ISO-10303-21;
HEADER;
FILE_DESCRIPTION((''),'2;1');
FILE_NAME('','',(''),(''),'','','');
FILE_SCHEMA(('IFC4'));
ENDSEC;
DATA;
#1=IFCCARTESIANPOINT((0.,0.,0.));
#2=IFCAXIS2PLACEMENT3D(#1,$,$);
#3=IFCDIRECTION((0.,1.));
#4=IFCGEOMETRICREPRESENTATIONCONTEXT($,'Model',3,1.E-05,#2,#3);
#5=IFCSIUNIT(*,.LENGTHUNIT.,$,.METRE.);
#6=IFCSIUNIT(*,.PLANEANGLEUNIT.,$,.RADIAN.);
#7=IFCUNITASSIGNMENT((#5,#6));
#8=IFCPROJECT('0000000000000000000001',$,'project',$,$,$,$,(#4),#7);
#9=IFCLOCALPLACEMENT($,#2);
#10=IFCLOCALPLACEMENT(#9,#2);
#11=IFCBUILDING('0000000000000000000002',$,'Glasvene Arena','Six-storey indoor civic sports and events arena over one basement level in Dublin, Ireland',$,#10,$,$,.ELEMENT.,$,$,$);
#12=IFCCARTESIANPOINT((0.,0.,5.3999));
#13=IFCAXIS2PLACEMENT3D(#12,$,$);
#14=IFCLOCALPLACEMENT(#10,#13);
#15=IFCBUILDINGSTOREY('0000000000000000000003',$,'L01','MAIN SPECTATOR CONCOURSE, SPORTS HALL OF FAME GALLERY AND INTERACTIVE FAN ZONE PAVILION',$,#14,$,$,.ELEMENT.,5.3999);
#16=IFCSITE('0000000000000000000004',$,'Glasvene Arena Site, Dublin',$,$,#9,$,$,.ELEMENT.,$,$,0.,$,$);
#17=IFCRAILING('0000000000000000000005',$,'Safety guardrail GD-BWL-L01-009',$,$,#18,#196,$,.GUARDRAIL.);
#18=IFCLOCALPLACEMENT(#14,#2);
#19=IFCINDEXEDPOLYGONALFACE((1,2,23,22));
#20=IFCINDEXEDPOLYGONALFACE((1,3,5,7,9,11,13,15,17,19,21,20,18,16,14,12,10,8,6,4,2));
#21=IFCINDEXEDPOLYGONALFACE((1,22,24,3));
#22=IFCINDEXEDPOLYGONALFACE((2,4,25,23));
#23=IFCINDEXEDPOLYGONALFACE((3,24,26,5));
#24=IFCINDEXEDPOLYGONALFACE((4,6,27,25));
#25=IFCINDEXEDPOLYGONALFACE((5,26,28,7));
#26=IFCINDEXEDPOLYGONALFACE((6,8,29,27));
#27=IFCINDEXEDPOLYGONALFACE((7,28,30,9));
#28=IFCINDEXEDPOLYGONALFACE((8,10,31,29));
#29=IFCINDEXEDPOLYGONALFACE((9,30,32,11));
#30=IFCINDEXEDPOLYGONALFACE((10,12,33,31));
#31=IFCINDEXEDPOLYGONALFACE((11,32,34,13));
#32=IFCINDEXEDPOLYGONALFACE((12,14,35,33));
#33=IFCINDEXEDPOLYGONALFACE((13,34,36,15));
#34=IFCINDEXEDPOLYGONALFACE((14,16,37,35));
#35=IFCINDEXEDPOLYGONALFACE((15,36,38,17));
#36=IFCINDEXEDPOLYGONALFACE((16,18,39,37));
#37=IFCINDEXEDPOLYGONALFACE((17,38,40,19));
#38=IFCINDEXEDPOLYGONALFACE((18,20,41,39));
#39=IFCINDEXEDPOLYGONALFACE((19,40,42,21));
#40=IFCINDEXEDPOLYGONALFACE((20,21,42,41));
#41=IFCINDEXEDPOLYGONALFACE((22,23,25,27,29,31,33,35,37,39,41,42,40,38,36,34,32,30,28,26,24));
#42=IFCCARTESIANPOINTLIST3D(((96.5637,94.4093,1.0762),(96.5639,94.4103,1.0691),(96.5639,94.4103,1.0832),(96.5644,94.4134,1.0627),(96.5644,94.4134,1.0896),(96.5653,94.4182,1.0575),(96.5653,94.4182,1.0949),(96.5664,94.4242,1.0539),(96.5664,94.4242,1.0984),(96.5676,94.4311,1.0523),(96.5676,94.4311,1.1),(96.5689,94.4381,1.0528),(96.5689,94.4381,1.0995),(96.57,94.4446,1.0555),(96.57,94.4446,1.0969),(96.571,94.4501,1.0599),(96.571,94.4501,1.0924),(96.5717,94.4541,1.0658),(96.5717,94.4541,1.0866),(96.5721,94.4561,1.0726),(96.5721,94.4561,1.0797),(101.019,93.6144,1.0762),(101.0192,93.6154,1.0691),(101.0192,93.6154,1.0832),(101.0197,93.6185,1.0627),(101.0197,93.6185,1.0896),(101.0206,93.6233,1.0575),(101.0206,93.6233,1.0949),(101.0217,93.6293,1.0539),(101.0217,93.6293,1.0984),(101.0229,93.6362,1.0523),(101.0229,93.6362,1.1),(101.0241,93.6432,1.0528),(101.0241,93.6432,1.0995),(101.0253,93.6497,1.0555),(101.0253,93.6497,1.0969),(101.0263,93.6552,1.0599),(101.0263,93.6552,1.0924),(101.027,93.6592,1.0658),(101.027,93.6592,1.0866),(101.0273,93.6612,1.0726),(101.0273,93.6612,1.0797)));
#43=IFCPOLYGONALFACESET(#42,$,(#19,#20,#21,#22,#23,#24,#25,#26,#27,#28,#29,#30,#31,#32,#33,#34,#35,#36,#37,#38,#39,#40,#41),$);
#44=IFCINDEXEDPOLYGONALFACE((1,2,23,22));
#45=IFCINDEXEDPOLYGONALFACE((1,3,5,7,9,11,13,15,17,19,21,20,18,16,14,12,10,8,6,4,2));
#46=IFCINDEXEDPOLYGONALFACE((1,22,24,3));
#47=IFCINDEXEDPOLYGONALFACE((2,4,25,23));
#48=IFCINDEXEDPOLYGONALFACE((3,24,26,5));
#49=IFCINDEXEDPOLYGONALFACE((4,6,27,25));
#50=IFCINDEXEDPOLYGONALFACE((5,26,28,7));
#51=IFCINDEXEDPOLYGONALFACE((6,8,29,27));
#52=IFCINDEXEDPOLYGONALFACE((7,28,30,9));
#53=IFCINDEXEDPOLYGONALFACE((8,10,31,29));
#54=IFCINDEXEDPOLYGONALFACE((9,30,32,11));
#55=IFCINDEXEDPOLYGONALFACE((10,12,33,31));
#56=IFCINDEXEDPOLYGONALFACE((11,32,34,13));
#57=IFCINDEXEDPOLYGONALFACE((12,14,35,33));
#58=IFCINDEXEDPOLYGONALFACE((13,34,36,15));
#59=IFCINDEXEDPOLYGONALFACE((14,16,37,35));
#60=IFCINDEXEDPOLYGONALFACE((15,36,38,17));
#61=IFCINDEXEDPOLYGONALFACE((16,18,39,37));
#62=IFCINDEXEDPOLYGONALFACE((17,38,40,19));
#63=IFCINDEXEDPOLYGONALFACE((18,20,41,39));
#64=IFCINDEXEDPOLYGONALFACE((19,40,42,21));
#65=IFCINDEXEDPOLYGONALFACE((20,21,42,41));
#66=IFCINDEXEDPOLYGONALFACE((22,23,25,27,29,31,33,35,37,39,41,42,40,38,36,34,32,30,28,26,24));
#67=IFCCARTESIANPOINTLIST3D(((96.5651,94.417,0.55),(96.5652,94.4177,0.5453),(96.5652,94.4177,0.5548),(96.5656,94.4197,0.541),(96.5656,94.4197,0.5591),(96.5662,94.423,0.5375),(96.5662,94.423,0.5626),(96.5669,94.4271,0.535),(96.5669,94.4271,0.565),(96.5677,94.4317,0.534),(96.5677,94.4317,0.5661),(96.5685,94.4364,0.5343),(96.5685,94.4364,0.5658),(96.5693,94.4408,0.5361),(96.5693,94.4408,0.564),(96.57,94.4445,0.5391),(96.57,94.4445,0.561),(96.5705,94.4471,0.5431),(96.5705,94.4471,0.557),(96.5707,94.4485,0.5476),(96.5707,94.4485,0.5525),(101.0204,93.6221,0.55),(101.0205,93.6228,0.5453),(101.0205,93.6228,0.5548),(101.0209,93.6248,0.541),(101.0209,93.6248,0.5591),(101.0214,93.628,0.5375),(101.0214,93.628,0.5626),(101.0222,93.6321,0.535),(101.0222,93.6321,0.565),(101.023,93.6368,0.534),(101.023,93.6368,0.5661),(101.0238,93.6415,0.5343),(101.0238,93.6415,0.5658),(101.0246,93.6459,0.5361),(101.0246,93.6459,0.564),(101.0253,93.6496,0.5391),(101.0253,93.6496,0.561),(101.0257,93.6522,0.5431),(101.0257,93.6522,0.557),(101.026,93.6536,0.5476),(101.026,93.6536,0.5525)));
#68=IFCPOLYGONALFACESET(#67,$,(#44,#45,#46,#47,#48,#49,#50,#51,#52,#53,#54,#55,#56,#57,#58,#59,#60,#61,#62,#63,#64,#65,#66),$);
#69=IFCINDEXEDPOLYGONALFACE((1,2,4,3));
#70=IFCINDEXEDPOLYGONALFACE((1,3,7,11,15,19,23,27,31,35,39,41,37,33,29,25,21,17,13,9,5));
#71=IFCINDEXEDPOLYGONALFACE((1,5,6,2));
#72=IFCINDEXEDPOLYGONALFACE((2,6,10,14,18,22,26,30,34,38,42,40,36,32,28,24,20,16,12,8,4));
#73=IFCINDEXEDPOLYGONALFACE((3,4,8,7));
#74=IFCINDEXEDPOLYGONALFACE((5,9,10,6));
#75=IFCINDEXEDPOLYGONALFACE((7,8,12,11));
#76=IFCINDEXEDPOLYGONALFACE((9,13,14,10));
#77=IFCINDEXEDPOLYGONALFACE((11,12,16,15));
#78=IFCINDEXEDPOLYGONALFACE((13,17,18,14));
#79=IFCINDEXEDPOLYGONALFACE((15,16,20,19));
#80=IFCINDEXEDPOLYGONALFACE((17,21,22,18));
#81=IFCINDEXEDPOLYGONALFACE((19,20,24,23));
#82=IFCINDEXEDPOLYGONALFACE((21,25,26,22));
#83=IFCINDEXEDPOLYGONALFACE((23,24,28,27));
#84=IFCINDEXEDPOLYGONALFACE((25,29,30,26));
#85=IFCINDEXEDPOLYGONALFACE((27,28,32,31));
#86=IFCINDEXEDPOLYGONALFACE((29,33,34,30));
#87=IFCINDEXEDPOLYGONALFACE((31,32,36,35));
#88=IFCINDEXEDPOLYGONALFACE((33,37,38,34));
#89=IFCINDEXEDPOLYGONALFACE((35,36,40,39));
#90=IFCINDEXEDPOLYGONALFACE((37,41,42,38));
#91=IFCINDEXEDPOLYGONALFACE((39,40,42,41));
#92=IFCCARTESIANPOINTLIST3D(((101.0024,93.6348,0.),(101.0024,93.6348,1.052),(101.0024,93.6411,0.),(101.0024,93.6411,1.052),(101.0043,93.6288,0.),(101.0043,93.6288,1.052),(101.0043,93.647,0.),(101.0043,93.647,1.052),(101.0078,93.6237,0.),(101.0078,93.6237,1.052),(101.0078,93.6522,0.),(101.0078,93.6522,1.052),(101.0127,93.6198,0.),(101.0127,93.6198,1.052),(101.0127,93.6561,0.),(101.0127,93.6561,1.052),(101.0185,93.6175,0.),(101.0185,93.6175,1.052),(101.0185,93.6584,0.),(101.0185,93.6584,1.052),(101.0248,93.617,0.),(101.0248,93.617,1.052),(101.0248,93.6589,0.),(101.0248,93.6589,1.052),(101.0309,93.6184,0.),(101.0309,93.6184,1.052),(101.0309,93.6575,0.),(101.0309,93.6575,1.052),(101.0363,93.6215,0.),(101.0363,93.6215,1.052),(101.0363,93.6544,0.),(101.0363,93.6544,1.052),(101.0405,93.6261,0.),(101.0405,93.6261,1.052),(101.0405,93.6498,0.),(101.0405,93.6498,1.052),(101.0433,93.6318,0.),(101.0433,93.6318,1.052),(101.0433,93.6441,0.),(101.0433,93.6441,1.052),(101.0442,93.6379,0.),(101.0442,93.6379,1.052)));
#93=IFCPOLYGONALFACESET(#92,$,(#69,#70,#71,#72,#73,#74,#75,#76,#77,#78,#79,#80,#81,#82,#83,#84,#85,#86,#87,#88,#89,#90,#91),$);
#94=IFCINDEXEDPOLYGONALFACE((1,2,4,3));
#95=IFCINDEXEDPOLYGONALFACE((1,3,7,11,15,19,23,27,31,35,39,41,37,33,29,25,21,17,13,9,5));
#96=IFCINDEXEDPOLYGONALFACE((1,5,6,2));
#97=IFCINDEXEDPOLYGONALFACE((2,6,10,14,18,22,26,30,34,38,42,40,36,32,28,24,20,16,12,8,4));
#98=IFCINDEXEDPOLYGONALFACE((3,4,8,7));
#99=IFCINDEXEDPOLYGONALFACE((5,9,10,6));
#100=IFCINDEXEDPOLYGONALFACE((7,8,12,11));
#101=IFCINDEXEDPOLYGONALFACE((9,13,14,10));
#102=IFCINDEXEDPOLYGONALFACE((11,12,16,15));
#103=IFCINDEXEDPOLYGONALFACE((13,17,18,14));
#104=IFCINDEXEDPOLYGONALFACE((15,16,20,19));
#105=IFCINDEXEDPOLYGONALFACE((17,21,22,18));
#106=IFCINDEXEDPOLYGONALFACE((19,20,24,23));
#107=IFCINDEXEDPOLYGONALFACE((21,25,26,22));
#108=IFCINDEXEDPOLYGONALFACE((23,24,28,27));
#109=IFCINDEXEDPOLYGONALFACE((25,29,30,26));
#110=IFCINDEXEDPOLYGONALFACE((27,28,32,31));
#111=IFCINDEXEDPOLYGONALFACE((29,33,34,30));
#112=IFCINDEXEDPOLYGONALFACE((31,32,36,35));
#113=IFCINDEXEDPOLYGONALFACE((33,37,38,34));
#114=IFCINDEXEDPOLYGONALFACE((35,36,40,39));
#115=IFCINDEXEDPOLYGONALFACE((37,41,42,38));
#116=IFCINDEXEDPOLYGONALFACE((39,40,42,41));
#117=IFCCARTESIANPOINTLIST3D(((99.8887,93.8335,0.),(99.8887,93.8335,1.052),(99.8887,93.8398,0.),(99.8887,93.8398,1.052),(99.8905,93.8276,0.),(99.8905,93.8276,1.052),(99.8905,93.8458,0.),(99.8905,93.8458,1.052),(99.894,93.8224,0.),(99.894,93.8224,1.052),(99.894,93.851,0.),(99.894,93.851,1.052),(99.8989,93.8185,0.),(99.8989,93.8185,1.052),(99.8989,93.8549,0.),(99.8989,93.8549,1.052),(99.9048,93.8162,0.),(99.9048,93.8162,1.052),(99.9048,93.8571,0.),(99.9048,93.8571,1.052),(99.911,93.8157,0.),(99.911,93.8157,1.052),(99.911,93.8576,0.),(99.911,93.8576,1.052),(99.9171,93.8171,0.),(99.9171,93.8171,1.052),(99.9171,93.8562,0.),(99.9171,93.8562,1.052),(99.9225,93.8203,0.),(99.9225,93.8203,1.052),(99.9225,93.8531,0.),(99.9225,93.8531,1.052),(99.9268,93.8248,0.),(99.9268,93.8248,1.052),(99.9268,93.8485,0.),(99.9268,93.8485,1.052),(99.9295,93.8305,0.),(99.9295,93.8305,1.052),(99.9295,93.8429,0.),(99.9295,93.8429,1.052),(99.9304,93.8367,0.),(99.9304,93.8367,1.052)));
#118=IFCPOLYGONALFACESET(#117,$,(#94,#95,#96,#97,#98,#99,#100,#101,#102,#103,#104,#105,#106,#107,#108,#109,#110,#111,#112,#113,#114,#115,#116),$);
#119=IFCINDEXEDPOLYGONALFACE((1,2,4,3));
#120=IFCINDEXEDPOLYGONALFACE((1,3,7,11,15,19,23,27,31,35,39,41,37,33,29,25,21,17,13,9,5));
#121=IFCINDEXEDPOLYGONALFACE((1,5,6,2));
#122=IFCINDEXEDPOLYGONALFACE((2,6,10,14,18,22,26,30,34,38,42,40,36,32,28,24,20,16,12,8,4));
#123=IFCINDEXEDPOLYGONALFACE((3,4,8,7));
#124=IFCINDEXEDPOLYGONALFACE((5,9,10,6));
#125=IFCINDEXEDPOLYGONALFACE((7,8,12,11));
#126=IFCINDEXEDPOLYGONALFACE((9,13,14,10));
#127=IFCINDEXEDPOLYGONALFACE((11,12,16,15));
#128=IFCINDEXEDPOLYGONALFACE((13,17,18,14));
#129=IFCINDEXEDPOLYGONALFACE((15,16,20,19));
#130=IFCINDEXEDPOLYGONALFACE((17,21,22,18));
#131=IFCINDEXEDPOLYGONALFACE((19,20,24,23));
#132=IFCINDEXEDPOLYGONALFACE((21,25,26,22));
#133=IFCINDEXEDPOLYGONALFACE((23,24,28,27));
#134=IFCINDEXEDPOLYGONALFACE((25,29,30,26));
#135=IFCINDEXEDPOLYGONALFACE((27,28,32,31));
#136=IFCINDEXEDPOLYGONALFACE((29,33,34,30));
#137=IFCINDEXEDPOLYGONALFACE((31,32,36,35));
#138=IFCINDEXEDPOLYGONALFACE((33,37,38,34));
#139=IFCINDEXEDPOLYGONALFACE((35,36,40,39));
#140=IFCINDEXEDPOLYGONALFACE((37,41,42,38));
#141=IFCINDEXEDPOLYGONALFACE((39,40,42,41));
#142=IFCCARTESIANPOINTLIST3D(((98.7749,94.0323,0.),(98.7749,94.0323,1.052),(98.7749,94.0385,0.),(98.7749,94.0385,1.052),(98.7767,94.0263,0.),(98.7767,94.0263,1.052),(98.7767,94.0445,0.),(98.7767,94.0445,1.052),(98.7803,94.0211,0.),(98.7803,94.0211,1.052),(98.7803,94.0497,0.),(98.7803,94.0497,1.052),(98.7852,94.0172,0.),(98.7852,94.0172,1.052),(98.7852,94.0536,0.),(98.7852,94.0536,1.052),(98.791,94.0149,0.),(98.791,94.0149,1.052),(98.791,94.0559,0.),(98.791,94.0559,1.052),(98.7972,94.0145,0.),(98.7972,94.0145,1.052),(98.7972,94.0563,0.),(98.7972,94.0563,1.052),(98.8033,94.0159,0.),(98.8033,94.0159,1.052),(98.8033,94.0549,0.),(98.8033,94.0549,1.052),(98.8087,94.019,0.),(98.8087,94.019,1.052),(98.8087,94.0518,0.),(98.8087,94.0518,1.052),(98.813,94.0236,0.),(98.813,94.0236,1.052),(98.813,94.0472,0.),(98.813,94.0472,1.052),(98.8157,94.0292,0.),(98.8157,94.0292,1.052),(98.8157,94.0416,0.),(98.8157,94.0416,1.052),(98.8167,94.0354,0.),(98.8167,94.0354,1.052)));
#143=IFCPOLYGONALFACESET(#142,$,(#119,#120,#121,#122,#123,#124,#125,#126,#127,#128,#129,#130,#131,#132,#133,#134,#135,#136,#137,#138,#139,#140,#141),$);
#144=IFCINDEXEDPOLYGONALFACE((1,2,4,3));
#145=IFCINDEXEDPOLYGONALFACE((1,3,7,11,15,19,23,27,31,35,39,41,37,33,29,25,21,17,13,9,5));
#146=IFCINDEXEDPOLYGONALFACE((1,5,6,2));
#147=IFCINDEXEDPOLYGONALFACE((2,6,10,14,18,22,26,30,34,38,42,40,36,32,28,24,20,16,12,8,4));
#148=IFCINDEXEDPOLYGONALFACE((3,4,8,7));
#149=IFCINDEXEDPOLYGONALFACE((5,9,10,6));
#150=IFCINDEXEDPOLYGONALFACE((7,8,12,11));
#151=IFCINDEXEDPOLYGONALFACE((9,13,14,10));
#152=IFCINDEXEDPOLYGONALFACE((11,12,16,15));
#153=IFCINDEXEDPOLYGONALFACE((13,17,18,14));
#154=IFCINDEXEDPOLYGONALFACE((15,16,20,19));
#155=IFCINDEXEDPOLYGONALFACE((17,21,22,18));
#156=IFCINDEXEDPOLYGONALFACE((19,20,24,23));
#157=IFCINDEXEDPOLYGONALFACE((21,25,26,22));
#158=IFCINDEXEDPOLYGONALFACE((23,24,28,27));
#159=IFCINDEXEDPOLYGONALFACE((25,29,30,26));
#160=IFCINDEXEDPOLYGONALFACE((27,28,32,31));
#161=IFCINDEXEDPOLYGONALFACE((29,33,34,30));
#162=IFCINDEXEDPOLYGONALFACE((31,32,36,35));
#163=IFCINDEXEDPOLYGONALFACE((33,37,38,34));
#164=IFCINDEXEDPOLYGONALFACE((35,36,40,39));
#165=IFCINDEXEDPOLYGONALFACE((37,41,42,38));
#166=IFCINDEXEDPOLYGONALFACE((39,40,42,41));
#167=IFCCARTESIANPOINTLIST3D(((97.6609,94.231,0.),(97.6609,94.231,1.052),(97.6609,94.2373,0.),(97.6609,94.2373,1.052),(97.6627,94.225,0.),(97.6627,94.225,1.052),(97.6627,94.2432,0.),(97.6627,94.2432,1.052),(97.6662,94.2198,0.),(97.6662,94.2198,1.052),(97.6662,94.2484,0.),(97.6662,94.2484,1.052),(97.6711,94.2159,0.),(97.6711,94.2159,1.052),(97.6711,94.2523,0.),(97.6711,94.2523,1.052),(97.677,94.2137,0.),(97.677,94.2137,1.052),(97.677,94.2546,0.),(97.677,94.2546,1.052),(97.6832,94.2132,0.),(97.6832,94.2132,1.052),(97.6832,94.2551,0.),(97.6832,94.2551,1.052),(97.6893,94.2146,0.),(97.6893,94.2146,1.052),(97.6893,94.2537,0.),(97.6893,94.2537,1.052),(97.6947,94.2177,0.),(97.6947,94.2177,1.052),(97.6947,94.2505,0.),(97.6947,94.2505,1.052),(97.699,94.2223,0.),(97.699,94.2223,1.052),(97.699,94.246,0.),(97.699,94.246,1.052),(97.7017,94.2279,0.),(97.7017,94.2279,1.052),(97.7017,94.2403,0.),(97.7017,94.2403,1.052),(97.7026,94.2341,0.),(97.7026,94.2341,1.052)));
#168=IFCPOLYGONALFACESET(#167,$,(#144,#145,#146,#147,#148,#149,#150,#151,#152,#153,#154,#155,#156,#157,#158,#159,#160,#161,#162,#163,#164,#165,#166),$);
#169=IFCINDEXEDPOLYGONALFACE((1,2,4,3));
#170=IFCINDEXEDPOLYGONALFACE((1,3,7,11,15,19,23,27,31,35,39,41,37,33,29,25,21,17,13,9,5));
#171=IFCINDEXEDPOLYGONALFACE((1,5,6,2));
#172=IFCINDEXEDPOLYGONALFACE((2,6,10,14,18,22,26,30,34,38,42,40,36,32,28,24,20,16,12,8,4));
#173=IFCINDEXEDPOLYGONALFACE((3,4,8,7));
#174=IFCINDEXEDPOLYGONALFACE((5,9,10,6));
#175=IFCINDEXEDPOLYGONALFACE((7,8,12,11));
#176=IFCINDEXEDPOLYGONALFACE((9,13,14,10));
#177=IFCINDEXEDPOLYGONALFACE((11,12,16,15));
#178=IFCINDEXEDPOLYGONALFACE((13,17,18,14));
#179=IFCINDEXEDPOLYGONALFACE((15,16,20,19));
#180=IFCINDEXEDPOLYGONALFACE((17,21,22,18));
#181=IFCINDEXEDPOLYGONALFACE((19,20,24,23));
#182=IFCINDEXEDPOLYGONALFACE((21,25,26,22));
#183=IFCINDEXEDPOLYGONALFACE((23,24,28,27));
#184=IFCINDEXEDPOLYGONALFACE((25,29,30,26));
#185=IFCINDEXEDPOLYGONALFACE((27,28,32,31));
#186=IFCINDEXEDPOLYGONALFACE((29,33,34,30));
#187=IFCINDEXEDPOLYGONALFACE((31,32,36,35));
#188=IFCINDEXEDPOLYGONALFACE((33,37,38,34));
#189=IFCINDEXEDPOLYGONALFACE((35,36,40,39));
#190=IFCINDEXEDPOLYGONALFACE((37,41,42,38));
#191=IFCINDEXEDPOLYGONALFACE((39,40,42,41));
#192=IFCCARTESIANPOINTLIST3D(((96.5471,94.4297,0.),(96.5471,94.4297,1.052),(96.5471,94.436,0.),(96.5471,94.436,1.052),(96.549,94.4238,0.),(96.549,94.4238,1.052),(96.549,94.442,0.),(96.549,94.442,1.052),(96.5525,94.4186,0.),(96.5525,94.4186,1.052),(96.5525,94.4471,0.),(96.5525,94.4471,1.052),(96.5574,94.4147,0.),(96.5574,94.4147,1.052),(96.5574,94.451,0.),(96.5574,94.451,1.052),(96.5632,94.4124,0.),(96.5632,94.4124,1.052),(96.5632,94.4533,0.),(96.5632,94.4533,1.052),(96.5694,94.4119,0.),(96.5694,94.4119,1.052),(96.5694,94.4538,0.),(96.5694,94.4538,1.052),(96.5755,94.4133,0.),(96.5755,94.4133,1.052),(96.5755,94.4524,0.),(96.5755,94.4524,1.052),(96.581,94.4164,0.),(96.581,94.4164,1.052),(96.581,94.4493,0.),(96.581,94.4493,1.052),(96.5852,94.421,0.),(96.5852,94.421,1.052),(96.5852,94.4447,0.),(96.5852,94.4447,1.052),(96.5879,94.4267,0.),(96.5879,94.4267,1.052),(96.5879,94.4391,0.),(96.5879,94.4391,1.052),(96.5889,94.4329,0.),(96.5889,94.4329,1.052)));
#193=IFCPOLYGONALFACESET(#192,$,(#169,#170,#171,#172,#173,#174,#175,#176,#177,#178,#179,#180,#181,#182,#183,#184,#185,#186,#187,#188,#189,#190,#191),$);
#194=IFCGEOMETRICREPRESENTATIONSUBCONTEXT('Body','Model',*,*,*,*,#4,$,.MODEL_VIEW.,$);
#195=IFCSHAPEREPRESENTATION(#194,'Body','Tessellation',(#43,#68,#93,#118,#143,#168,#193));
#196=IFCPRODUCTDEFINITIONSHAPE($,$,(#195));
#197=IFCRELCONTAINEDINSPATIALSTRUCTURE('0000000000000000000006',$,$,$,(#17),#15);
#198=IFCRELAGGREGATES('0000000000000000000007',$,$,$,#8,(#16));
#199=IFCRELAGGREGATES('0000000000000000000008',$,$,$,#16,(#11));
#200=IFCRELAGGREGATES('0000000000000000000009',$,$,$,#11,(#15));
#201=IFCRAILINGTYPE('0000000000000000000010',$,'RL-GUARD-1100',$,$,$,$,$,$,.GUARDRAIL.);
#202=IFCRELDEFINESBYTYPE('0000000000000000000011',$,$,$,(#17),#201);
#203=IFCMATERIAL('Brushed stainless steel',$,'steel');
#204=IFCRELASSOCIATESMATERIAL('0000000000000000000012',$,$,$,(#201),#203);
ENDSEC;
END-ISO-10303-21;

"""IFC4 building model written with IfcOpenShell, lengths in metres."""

from ifc_helpers import new_model, si_unit, direction, frame, origin, origin_2d, place, context, subcontext, project, spatial, circle, extrude, material, type_object, element, save


model = new_model("IFC4")

# Units and contexts
model_context = context("Model", 3, precision=1e-05, world=origin(), true_north=direction((0.0, 1.0)))
body_context = subcontext(model_context, "Body", "Model", "MODEL_VIEW")
ifc_project = project(units=[si_unit("LENGTHUNIT", "METRE"), si_unit("PLANEANGLEUNIT", "RADIAN")], contexts=[model_context])

# Site, building, storey
site_placement = place(None, origin())
site = spatial("IfcSite", under=ifc_project, at=site_placement, Name="Glasvene Arena Site, Dublin", CompositionType="ELEMENT", RefElevation=0.0)
building_placement = place(site_placement, origin())
building = spatial("IfcBuilding", under=site, at=building_placement, Name="Glasvene Arena", Description="Six-storey indoor civic sports and events arena over one basement level in Dublin, Ireland", CompositionType="ELEMENT")
storey_placement = place(building_placement, frame((0.0, 0.0, 5.3999)))
storey = spatial("IfcBuildingStorey", under=building, at=storey_placement, Name="L01", Description="MAIN SPECTATOR CONCOURSE, SPORTS HALL OF FAME GALLERY AND INTERACTIVE FAN ZONE PAVILION", CompositionType="ELEMENT", Elevation=5.3999)

# Railing
ifc_material_1 = material(Name="Brushed stainless steel", Category="steel")
railing_type = type_object("IfcRailingType", Name="RL-GUARD-1100", PredefinedType="GUARDRAIL", material=ifc_material_1)
railing_1_placement = place(storey_placement, frame((101.0232, 93.6379, 0.0)))
element("IfcRailing", 1, at=railing_1_placement, inside=storey, type_object=railing_type, Name="Safety guardrail GD-BWL-L01-009", PredefinedType="GUARDRAIL", context=body_context, shape_type="SweptSolid", body=[
    extrude(circle(Radius=0.0239, at=origin_2d()), frame((0.0, 0.0, 1.0762), z_axis=(-0.984453, 0.175647, 0.0), x_axis=(-0.175647, -0.984453, 0.0)), (0.0, 0.0, 1.0), 4.5256),
    extrude(circle(Radius=0.0161, at=origin_2d()), frame((0.0, 0.0, 0.55), z_axis=(-0.984453, 0.175647, 0.0), x_axis=(-0.175647, -0.984453, 0.0)), (0.0, 0.0, 1.0), 4.5256),
    extrude(circle(Radius=0.021, at=origin_2d()), origin(), (0.0, 0.0, 1.0), 1.052),
    extrude(circle(Radius=0.021, at=origin_2d()), frame((-1.1138, 0.1987, 0.0)), (0.0, 0.0, 1.0), 1.052),
    extrude(circle(Radius=0.021, at=origin_2d()), frame((-2.2275, 0.3975, 0.0)), (0.0, 0.0, 1.0), 1.052),
    extrude(circle(Radius=0.021, at=origin_2d()), frame((-3.3416, 0.5962, 0.0)), (0.0, 0.0, 1.0), 1.052),
    extrude(circle(Radius=0.021, at=origin_2d()), frame((-4.4553, 0.7949, 0.0)), (0.0, 0.0, 1.0), 1.052),
])

save(model, "model.ifc")
